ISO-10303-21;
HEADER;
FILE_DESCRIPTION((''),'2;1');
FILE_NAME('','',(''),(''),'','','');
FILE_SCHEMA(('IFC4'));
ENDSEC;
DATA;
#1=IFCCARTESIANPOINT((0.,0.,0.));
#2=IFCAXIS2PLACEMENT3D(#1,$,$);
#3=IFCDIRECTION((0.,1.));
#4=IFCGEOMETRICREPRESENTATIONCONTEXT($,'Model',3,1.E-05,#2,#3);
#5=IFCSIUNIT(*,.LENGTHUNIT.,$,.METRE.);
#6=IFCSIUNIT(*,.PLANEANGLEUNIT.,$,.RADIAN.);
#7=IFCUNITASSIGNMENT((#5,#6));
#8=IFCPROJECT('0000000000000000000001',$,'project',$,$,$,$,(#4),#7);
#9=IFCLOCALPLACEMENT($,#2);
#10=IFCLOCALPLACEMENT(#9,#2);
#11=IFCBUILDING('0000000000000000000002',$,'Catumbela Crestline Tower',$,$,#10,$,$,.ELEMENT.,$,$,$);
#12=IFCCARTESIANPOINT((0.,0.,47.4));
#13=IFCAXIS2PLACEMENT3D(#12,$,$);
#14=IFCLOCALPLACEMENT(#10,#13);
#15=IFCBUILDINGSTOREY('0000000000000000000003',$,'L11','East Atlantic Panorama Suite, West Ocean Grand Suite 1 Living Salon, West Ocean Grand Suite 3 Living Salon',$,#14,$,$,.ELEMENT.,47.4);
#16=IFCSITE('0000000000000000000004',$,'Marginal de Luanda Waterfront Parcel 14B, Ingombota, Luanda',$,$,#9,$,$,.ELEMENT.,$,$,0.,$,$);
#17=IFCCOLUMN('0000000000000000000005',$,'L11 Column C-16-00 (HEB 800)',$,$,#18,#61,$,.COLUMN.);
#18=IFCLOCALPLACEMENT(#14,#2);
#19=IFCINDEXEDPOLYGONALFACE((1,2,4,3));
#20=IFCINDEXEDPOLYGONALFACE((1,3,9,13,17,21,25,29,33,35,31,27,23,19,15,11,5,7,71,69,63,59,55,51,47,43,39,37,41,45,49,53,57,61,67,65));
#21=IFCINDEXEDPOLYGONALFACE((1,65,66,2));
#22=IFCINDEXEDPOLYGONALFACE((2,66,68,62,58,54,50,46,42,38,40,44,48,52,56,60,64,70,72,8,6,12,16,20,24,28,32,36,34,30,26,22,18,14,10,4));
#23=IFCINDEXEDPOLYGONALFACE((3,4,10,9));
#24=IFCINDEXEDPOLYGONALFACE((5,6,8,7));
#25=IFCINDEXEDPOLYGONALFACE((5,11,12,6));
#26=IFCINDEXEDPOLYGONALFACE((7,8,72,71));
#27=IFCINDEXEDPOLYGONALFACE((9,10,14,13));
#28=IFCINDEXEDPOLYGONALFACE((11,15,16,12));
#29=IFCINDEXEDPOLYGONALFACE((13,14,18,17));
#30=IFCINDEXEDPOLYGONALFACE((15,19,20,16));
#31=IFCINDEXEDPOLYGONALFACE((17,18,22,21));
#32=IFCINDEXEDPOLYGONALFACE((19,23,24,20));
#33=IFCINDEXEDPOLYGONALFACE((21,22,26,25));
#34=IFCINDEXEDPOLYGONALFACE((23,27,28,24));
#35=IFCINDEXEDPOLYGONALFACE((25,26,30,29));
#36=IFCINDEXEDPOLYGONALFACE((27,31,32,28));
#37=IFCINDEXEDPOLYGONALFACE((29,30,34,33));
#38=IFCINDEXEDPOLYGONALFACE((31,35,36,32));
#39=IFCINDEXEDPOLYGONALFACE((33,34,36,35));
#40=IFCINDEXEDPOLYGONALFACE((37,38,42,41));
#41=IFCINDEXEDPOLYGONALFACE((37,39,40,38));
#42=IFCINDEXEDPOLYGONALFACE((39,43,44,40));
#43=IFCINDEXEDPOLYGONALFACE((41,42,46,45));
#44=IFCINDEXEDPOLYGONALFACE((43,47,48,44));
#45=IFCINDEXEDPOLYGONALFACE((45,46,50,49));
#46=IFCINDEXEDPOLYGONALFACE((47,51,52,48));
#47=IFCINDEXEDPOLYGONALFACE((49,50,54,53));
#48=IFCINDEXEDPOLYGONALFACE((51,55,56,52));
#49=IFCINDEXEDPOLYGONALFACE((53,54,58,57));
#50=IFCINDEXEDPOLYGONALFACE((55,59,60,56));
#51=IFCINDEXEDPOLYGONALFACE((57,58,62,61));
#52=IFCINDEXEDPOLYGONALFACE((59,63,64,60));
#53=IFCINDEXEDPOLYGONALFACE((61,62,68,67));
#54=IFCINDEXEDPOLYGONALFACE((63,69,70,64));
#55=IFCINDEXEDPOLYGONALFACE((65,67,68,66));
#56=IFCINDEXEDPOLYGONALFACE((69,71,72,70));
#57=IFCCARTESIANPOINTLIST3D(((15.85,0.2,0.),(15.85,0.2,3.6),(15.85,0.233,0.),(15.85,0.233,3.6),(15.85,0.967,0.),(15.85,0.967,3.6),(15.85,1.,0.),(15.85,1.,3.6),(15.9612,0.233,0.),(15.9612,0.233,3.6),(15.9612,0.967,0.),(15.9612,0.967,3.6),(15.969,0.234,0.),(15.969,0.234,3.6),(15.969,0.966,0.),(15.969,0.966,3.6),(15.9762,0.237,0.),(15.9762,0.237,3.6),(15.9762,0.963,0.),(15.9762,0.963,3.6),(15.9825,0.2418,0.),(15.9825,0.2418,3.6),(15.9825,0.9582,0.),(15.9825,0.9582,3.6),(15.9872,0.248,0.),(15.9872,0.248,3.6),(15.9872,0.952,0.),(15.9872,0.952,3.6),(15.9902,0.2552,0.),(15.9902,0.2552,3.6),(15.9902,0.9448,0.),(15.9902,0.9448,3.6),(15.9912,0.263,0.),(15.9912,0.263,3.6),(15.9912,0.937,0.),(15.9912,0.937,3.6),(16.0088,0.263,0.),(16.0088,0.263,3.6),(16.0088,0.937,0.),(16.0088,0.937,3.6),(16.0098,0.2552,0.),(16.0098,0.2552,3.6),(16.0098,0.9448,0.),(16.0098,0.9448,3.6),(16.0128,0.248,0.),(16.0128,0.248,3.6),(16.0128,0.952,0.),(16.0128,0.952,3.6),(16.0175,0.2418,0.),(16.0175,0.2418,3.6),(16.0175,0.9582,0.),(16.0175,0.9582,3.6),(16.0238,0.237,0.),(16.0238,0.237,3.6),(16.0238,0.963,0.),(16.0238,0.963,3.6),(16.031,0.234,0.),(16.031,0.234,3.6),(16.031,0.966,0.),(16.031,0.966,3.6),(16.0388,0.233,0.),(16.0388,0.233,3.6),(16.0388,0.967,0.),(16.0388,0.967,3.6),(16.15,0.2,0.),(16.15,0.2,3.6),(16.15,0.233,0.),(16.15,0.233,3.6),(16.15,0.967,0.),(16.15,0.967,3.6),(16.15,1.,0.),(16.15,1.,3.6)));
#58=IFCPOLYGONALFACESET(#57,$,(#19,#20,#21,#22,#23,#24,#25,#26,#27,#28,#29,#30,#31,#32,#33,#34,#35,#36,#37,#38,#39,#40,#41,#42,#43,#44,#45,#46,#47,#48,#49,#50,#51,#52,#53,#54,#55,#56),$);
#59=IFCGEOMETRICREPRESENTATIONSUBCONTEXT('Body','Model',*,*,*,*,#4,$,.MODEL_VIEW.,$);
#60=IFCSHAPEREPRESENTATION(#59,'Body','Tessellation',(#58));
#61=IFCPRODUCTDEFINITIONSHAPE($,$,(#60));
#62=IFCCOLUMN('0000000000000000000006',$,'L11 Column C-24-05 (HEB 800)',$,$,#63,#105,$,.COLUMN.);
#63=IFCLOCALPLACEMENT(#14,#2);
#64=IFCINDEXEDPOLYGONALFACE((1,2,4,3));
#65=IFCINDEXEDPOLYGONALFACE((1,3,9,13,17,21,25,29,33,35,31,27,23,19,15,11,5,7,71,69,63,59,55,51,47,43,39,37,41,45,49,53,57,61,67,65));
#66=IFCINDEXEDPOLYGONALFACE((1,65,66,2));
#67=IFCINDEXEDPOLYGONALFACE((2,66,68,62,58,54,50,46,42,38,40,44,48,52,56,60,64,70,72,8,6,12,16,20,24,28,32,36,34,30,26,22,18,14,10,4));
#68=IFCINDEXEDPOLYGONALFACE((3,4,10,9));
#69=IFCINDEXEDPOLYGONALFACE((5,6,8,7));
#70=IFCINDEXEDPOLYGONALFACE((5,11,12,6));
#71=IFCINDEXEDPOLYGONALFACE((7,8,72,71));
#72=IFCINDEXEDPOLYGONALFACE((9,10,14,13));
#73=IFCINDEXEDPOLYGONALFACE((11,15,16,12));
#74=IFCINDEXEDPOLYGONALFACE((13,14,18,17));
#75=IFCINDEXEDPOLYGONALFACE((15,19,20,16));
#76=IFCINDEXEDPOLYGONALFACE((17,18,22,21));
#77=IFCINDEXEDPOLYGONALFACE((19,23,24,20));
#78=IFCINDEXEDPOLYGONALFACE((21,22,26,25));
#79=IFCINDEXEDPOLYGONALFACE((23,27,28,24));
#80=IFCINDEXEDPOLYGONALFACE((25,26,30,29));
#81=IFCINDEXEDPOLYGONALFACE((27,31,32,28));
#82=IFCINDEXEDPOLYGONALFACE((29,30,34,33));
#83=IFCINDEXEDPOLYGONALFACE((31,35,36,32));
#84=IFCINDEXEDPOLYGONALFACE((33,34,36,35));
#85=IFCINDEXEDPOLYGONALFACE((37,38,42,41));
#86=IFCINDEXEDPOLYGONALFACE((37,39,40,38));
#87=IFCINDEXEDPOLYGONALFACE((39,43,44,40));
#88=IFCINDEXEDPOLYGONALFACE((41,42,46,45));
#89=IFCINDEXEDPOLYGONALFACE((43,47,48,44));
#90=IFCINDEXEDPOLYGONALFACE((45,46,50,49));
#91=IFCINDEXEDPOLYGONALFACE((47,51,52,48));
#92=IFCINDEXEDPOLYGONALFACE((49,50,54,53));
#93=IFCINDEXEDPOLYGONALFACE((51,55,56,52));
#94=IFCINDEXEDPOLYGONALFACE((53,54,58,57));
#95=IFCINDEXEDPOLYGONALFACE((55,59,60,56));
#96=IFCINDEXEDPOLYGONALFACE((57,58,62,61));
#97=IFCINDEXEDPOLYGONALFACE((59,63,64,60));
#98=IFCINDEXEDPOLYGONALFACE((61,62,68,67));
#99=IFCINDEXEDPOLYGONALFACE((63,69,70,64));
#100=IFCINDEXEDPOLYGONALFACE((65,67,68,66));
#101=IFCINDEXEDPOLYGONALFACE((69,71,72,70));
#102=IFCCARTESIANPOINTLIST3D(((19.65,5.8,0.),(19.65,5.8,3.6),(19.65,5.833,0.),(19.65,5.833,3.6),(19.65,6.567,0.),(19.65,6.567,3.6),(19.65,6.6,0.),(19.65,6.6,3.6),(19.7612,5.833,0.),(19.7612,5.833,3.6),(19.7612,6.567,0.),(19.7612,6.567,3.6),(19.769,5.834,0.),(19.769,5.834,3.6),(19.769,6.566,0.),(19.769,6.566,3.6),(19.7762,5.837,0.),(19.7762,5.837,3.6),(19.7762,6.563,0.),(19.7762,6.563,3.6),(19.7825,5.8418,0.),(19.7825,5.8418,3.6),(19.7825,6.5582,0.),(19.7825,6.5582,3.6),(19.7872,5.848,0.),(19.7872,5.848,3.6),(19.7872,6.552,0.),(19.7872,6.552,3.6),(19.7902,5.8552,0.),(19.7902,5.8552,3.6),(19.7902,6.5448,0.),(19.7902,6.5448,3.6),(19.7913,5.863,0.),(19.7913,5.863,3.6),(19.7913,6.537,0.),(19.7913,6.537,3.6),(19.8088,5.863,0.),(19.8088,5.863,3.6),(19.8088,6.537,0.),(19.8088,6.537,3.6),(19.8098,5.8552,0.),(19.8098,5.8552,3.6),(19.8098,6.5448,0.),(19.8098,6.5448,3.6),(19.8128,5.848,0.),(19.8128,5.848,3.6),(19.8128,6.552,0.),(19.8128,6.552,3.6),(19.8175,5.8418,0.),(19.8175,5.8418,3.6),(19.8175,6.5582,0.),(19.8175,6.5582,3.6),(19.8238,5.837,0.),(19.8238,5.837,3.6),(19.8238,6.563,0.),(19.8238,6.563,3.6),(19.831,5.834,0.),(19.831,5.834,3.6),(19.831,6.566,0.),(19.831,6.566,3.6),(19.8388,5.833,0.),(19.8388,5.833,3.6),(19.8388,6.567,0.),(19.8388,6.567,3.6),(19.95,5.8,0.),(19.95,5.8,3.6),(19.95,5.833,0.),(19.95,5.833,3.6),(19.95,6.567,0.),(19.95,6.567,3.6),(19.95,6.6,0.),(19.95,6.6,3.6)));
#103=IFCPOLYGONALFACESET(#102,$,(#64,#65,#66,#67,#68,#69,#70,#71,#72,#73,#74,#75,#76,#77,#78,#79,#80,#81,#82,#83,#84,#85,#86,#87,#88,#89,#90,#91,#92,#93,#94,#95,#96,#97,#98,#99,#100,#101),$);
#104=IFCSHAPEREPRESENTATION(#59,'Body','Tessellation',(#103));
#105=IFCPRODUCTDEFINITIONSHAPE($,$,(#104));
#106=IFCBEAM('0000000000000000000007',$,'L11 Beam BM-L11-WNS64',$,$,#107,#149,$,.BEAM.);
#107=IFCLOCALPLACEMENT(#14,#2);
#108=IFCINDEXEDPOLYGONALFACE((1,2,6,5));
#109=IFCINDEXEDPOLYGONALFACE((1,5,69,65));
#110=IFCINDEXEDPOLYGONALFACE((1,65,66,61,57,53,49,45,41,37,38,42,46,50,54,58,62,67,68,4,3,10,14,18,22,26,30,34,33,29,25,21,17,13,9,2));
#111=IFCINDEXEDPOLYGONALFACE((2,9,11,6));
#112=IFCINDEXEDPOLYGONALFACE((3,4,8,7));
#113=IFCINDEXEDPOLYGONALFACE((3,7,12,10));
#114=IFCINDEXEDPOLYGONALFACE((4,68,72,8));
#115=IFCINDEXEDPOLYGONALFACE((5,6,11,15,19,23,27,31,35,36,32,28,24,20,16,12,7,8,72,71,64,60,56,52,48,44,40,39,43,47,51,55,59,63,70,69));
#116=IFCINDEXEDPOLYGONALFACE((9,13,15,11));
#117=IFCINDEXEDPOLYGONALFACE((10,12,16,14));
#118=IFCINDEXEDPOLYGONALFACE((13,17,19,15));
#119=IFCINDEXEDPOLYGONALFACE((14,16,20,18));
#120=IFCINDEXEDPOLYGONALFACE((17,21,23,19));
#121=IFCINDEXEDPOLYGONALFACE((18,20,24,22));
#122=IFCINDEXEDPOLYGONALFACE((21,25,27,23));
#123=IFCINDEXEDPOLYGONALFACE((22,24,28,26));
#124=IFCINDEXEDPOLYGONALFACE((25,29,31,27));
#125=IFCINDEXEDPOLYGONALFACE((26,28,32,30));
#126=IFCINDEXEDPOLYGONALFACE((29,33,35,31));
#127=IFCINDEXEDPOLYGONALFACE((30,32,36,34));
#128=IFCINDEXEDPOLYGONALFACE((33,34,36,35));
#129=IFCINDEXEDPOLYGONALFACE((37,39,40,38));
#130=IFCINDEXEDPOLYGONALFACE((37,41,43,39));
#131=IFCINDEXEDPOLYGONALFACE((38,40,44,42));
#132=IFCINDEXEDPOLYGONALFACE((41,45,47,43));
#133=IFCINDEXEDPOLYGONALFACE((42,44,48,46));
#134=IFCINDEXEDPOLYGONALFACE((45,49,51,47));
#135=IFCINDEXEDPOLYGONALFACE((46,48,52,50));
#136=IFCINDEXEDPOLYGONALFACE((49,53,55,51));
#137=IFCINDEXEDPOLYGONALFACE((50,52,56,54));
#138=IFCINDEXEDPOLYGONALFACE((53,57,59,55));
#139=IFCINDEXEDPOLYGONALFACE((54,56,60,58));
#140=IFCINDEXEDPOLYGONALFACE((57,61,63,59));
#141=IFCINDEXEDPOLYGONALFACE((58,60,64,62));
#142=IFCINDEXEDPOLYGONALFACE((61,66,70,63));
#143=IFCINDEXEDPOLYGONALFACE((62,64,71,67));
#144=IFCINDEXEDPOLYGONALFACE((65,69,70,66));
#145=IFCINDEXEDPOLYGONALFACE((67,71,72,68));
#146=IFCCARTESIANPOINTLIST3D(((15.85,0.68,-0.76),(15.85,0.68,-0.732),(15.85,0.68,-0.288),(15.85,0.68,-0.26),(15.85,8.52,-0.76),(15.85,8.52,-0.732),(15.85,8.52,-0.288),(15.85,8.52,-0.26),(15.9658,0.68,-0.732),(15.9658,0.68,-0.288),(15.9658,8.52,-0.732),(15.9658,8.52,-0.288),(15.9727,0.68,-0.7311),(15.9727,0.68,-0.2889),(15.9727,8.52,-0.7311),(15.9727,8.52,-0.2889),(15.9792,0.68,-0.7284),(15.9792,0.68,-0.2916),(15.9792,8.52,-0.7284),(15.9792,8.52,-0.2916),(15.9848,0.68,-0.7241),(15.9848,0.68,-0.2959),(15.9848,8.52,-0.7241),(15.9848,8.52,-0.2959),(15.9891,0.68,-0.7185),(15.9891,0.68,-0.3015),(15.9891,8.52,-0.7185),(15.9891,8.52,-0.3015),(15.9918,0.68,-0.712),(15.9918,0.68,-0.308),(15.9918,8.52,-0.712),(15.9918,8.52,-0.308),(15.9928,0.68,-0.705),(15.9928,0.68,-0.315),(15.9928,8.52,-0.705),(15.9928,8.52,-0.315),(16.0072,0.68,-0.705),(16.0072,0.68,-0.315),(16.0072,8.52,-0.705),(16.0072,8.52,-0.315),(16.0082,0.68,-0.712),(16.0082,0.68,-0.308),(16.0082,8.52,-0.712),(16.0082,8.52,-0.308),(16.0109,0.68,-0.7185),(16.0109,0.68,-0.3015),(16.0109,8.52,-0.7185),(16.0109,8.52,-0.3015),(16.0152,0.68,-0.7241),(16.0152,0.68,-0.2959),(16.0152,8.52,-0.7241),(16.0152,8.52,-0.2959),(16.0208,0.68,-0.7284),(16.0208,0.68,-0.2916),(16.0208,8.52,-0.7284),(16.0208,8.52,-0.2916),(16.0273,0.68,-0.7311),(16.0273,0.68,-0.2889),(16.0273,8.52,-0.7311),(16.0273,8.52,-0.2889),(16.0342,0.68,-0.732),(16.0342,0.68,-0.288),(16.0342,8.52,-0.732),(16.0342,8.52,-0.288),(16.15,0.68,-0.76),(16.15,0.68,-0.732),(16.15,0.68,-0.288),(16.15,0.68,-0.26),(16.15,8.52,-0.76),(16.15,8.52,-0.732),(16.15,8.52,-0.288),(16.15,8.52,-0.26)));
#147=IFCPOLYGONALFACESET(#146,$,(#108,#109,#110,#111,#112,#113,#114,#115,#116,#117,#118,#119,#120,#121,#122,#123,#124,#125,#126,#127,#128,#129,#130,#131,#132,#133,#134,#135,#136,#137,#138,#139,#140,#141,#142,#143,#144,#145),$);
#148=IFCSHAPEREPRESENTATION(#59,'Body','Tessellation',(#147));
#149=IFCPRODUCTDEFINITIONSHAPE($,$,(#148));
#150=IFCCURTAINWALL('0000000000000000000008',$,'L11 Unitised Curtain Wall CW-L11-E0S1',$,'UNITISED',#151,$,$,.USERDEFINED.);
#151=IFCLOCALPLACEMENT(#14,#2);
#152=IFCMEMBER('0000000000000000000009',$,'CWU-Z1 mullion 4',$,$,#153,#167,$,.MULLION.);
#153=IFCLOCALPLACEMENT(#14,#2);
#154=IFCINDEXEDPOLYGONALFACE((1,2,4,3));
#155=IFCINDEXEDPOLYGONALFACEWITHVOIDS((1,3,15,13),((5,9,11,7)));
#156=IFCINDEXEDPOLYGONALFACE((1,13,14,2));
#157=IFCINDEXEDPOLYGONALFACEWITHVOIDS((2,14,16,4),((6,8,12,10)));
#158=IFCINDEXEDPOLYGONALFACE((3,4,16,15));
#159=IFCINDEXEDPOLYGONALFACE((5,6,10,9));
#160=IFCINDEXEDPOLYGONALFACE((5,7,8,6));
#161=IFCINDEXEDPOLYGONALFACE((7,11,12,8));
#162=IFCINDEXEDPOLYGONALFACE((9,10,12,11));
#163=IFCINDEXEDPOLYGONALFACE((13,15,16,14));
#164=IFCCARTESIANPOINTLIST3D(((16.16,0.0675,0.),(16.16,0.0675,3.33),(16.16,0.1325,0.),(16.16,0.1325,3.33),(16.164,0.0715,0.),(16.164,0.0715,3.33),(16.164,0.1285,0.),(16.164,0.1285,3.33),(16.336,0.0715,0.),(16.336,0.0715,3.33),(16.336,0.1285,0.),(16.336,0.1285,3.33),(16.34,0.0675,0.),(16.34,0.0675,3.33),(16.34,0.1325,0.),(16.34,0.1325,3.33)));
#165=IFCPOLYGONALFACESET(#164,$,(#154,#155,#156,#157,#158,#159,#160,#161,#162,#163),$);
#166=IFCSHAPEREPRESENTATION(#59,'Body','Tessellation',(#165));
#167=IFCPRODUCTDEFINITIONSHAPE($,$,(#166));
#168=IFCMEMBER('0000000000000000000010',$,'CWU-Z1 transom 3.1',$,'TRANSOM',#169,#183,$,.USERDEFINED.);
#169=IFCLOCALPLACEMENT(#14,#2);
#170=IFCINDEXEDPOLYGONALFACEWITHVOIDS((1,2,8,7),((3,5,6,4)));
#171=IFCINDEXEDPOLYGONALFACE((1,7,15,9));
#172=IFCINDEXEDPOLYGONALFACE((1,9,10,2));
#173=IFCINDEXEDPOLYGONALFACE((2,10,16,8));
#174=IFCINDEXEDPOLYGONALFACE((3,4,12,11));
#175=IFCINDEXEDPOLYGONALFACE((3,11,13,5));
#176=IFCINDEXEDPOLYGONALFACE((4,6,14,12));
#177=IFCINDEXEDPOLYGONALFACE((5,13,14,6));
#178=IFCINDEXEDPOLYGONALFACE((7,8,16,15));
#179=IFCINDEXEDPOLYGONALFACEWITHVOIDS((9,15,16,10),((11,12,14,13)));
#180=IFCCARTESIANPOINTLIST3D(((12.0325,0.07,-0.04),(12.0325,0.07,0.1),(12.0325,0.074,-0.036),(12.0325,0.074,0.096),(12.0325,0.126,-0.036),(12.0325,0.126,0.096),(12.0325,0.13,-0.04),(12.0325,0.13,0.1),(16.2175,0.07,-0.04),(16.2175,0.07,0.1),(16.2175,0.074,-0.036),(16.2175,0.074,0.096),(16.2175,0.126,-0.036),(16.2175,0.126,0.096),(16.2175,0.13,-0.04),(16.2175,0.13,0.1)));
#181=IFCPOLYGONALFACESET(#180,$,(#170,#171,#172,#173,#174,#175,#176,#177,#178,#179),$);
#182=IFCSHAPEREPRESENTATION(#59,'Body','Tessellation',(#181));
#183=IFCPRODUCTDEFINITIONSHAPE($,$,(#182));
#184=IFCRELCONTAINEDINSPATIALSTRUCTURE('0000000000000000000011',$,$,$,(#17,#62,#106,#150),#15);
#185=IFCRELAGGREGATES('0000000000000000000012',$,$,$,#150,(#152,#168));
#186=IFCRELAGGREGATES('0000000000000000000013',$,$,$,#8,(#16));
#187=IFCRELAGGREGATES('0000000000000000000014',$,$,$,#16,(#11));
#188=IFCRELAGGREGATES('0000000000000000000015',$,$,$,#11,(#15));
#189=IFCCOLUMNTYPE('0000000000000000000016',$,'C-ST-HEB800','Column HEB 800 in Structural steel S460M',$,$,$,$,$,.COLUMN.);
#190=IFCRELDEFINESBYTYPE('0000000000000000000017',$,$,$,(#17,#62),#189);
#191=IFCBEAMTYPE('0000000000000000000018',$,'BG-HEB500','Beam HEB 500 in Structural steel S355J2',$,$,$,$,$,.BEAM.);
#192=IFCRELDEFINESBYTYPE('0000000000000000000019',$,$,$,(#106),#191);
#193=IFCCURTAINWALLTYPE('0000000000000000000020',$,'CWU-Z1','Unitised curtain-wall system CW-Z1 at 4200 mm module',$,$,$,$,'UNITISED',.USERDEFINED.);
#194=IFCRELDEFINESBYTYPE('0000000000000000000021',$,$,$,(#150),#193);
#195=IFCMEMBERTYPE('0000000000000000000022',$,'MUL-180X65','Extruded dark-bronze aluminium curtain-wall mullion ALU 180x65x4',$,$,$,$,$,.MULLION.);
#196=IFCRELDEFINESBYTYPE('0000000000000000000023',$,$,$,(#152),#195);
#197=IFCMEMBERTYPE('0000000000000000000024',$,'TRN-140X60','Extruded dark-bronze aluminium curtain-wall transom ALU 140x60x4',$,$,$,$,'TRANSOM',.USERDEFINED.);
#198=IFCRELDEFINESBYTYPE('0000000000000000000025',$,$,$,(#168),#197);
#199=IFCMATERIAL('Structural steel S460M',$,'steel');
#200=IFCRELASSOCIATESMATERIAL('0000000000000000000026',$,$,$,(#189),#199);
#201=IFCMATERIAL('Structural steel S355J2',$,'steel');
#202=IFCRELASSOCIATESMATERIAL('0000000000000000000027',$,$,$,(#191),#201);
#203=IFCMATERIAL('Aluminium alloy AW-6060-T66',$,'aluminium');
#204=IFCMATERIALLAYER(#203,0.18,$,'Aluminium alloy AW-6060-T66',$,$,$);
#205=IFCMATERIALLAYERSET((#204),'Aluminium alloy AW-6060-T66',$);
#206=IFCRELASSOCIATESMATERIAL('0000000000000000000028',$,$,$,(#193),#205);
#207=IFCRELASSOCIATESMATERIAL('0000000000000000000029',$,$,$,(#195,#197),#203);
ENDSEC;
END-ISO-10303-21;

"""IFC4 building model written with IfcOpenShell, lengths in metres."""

from ifc_helpers import new_model, si_unit, direction, frame, origin, origin_2d, place, context, subcontext, project, spatial, hollow_rectangle, i_section, extrude, material, layer, layer_set, material_profile, profile_set, type_object, element, aggregate, save


model = new_model("IFC4")

# Units and contexts
model_context = context("Model", 3, precision=1e-05, world=origin(), true_north=direction((0.0, 1.0)))
body_context = subcontext(model_context, "Body", "Model", "MODEL_VIEW")
ifc_project = project(units=[si_unit("LENGTHUNIT", "METRE"), si_unit("PLANEANGLEUNIT", "RADIAN")], contexts=[model_context])

# Site, building, storey
site_placement = place(None, origin())
site = spatial("IfcSite", under=ifc_project, at=site_placement, Name="Marginal de Luanda Waterfront Parcel 14B, Ingombota, Luanda", CompositionType="ELEMENT", RefElevation=0.0)
building_placement = place(site_placement, origin())
building = spatial("IfcBuilding", under=site, at=building_placement, Name="Catumbela Crestline Tower", CompositionType="ELEMENT")
storey_placement = place(building_placement, frame((0.0, 0.0, 47.4)))
storey = spatial("IfcBuildingStorey", under=building, at=storey_placement, Name="L11", Description="East Atlantic Panorama Suite, West Ocean Grand Suite 1 Living Salon, West Ocean Grand Suite 3 Living Salon", CompositionType="ELEMENT", Elevation=47.4)

# Columns
ifc_material_1 = material(Name="Structural steel S460M", Category="steel")
ifc_material_profile_1 = material_profile(ifc_material_1, i_section(OverallWidth=0.3, OverallDepth=0.8, WebThickness=0.0175, FlangeThickness=0.033, FilletRadius=0.03, at=origin_2d()), Name="HEB 800")
ifc_profile_set_1 = profile_set([ifc_material_profile_1], Name="Structural steel S460M")
column_type = type_object("IfcColumnType", Name="C-ST-HEB800", Description="Column HEB 800 in Structural steel S460M", PredefinedType="COLUMN", material=ifc_profile_set_1)
for number, where, z_axis, x_axis, name in (
    (1, (16.0, 0.6, 0.0), (0.0, 0.0, 1.0), (1.0, 0.0, 0.0), "L11 Column C-16-00 (HEB 800)"),
    (2, (19.8, 6.2, 0.0), (0.0, 0.0, 1.0), (1.0, 0.0, 0.0), "L11 Column C-24-05 (HEB 800)"),
):
    element("IfcColumn", number, at=place(storey_placement, frame(where, z_axis=z_axis, x_axis=x_axis)), inside=storey, type_object=column_type, Name=name, PredefinedType="COLUMN", context=body_context, shape_type="SweptSolid", body=[
        extrude(i_section(OverallWidth=0.3, OverallDepth=0.8, WebThickness=0.0175, FlangeThickness=0.033, FilletRadius=0.03, at=origin_2d()), origin(), (0.0, 0.0, 1.0), 3.6),
    ])

# Beam
ifc_material_2 = material(Name="Structural steel S355J2", Category="steel")
ifc_material_profile_2 = material_profile(ifc_material_2, i_section(OverallWidth=0.3, OverallDepth=0.5, WebThickness=0.0145, FlangeThickness=0.028, FilletRadius=0.027, at=origin_2d()), Name="HEB 500")
ifc_profile_set_2 = profile_set([ifc_material_profile_2], Name="Structural steel S355J2")
beam_type = type_object("IfcBeamType", Name="BG-HEB500", Description="Beam HEB 500 in Structural steel S355J2", PredefinedType="BEAM", material=ifc_profile_set_2)
beam_placement = place(storey_placement, frame((16.0, 0.68, -0.51), z_axis=(0.0, 1.0, 0.0), x_axis=(-1.0, 0.0, 0.0)))
element("IfcBeam", 3, at=beam_placement, inside=storey, type_object=beam_type, Name="L11 Beam BM-L11-WNS64", PredefinedType="BEAM", context=body_context, shape_type="SweptSolid", body=[
    extrude(i_section(OverallWidth=0.3, OverallDepth=0.5, WebThickness=0.0145, FlangeThickness=0.028, FilletRadius=0.027, at=origin_2d()), origin(), (0.0, 0.0, 1.0), 7.84),
])

# Curtain wall, members
ifc_material_3 = material(Name="Aluminium alloy AW-6060-T66", Category="aluminium")
ifc_layer_1 = layer(ifc_material_3, 0.18, Name="Aluminium alloy AW-6060-T66")
ifc_layer_set_1 = layer_set([ifc_layer_1], Name="Aluminium alloy AW-6060-T66")
curtain_wall_type = type_object("IfcCurtainWallType", Name="CWU-Z1", Description="Unitised curtain-wall system CW-Z1 at 4200 mm module", ElementType="UNITISED", PredefinedType="USERDEFINED", material=ifc_layer_set_1)
curtain_wall_placement = place(storey_placement, origin())
curtain_wall = element("IfcCurtainWall", 4, at=curtain_wall_placement, inside=storey, type_object=curtain_wall_type, Name="L11 Unitised Curtain Wall CW-L11-E0S1", ObjectType="UNITISED", PredefinedType="USERDEFINED")
ifc_material_profile_3 = material_profile(ifc_material_3, hollow_rectangle(XDim=0.065, YDim=0.18, WallThickness=0.004, at=origin_2d()), Name="ALU 180x65x4")
ifc_profile_set_3 = profile_set([ifc_material_profile_3], Name="Aluminium alloy AW-6060-T66")
member_type_1 = type_object("IfcMemberType", Name="MUL-180X65", Description="Extruded dark-bronze aluminium curtain-wall mullion ALU 180x65x4", PredefinedType="MULLION", material=ifc_profile_set_3)
member_1_placement = place(storey_placement, frame((16.25, 0.1, 0.0), z_axis=(0.0, 0.0, 1.0), x_axis=(0.0, 1.0, 0.0)))
member_1 = element("IfcMember", 5, at=member_1_placement, type_object=member_type_1, Name="CWU-Z1 mullion 4", PredefinedType="MULLION", context=body_context, shape_type="SweptSolid", body=[
    extrude(hollow_rectangle(XDim=0.065, YDim=0.18, WallThickness=0.004, at=origin_2d()), origin(), (0.0, 0.0, 1.0), 3.33),
])
ifc_material_profile_4 = material_profile(ifc_material_3, hollow_rectangle(XDim=0.06, YDim=0.14, WallThickness=0.004, at=origin_2d()), Name="ALU 140x60x4")
ifc_profile_set_4 = profile_set([ifc_material_profile_4], Name="Aluminium alloy AW-6060-T66")
member_type_2 = type_object("IfcMemberType", Name="TRN-140X60", Description="Extruded dark-bronze aluminium curtain-wall transom ALU 140x60x4", ElementType="TRANSOM", PredefinedType="USERDEFINED", material=ifc_profile_set_4)
member_2_placement = place(storey_placement, frame((12.0325, 0.1, 0.03), z_axis=(1.0, 0.0, 0.0), x_axis=(0.0, 1.0, 0.0)))
member_2 = element("IfcMember", 6, at=member_2_placement, type_object=member_type_2, Name="CWU-Z1 transom 3.1", ObjectType="TRANSOM", PredefinedType="USERDEFINED", context=body_context, shape_type="SweptSolid", body=[
    extrude(hollow_rectangle(XDim=0.06, YDim=0.14, WallThickness=0.004, at=origin_2d()), origin(), (0.0, 0.0, 1.0), 4.185),
])
aggregate(curtain_wall, [member_1, member_2])

save(model, "model.ifc")
